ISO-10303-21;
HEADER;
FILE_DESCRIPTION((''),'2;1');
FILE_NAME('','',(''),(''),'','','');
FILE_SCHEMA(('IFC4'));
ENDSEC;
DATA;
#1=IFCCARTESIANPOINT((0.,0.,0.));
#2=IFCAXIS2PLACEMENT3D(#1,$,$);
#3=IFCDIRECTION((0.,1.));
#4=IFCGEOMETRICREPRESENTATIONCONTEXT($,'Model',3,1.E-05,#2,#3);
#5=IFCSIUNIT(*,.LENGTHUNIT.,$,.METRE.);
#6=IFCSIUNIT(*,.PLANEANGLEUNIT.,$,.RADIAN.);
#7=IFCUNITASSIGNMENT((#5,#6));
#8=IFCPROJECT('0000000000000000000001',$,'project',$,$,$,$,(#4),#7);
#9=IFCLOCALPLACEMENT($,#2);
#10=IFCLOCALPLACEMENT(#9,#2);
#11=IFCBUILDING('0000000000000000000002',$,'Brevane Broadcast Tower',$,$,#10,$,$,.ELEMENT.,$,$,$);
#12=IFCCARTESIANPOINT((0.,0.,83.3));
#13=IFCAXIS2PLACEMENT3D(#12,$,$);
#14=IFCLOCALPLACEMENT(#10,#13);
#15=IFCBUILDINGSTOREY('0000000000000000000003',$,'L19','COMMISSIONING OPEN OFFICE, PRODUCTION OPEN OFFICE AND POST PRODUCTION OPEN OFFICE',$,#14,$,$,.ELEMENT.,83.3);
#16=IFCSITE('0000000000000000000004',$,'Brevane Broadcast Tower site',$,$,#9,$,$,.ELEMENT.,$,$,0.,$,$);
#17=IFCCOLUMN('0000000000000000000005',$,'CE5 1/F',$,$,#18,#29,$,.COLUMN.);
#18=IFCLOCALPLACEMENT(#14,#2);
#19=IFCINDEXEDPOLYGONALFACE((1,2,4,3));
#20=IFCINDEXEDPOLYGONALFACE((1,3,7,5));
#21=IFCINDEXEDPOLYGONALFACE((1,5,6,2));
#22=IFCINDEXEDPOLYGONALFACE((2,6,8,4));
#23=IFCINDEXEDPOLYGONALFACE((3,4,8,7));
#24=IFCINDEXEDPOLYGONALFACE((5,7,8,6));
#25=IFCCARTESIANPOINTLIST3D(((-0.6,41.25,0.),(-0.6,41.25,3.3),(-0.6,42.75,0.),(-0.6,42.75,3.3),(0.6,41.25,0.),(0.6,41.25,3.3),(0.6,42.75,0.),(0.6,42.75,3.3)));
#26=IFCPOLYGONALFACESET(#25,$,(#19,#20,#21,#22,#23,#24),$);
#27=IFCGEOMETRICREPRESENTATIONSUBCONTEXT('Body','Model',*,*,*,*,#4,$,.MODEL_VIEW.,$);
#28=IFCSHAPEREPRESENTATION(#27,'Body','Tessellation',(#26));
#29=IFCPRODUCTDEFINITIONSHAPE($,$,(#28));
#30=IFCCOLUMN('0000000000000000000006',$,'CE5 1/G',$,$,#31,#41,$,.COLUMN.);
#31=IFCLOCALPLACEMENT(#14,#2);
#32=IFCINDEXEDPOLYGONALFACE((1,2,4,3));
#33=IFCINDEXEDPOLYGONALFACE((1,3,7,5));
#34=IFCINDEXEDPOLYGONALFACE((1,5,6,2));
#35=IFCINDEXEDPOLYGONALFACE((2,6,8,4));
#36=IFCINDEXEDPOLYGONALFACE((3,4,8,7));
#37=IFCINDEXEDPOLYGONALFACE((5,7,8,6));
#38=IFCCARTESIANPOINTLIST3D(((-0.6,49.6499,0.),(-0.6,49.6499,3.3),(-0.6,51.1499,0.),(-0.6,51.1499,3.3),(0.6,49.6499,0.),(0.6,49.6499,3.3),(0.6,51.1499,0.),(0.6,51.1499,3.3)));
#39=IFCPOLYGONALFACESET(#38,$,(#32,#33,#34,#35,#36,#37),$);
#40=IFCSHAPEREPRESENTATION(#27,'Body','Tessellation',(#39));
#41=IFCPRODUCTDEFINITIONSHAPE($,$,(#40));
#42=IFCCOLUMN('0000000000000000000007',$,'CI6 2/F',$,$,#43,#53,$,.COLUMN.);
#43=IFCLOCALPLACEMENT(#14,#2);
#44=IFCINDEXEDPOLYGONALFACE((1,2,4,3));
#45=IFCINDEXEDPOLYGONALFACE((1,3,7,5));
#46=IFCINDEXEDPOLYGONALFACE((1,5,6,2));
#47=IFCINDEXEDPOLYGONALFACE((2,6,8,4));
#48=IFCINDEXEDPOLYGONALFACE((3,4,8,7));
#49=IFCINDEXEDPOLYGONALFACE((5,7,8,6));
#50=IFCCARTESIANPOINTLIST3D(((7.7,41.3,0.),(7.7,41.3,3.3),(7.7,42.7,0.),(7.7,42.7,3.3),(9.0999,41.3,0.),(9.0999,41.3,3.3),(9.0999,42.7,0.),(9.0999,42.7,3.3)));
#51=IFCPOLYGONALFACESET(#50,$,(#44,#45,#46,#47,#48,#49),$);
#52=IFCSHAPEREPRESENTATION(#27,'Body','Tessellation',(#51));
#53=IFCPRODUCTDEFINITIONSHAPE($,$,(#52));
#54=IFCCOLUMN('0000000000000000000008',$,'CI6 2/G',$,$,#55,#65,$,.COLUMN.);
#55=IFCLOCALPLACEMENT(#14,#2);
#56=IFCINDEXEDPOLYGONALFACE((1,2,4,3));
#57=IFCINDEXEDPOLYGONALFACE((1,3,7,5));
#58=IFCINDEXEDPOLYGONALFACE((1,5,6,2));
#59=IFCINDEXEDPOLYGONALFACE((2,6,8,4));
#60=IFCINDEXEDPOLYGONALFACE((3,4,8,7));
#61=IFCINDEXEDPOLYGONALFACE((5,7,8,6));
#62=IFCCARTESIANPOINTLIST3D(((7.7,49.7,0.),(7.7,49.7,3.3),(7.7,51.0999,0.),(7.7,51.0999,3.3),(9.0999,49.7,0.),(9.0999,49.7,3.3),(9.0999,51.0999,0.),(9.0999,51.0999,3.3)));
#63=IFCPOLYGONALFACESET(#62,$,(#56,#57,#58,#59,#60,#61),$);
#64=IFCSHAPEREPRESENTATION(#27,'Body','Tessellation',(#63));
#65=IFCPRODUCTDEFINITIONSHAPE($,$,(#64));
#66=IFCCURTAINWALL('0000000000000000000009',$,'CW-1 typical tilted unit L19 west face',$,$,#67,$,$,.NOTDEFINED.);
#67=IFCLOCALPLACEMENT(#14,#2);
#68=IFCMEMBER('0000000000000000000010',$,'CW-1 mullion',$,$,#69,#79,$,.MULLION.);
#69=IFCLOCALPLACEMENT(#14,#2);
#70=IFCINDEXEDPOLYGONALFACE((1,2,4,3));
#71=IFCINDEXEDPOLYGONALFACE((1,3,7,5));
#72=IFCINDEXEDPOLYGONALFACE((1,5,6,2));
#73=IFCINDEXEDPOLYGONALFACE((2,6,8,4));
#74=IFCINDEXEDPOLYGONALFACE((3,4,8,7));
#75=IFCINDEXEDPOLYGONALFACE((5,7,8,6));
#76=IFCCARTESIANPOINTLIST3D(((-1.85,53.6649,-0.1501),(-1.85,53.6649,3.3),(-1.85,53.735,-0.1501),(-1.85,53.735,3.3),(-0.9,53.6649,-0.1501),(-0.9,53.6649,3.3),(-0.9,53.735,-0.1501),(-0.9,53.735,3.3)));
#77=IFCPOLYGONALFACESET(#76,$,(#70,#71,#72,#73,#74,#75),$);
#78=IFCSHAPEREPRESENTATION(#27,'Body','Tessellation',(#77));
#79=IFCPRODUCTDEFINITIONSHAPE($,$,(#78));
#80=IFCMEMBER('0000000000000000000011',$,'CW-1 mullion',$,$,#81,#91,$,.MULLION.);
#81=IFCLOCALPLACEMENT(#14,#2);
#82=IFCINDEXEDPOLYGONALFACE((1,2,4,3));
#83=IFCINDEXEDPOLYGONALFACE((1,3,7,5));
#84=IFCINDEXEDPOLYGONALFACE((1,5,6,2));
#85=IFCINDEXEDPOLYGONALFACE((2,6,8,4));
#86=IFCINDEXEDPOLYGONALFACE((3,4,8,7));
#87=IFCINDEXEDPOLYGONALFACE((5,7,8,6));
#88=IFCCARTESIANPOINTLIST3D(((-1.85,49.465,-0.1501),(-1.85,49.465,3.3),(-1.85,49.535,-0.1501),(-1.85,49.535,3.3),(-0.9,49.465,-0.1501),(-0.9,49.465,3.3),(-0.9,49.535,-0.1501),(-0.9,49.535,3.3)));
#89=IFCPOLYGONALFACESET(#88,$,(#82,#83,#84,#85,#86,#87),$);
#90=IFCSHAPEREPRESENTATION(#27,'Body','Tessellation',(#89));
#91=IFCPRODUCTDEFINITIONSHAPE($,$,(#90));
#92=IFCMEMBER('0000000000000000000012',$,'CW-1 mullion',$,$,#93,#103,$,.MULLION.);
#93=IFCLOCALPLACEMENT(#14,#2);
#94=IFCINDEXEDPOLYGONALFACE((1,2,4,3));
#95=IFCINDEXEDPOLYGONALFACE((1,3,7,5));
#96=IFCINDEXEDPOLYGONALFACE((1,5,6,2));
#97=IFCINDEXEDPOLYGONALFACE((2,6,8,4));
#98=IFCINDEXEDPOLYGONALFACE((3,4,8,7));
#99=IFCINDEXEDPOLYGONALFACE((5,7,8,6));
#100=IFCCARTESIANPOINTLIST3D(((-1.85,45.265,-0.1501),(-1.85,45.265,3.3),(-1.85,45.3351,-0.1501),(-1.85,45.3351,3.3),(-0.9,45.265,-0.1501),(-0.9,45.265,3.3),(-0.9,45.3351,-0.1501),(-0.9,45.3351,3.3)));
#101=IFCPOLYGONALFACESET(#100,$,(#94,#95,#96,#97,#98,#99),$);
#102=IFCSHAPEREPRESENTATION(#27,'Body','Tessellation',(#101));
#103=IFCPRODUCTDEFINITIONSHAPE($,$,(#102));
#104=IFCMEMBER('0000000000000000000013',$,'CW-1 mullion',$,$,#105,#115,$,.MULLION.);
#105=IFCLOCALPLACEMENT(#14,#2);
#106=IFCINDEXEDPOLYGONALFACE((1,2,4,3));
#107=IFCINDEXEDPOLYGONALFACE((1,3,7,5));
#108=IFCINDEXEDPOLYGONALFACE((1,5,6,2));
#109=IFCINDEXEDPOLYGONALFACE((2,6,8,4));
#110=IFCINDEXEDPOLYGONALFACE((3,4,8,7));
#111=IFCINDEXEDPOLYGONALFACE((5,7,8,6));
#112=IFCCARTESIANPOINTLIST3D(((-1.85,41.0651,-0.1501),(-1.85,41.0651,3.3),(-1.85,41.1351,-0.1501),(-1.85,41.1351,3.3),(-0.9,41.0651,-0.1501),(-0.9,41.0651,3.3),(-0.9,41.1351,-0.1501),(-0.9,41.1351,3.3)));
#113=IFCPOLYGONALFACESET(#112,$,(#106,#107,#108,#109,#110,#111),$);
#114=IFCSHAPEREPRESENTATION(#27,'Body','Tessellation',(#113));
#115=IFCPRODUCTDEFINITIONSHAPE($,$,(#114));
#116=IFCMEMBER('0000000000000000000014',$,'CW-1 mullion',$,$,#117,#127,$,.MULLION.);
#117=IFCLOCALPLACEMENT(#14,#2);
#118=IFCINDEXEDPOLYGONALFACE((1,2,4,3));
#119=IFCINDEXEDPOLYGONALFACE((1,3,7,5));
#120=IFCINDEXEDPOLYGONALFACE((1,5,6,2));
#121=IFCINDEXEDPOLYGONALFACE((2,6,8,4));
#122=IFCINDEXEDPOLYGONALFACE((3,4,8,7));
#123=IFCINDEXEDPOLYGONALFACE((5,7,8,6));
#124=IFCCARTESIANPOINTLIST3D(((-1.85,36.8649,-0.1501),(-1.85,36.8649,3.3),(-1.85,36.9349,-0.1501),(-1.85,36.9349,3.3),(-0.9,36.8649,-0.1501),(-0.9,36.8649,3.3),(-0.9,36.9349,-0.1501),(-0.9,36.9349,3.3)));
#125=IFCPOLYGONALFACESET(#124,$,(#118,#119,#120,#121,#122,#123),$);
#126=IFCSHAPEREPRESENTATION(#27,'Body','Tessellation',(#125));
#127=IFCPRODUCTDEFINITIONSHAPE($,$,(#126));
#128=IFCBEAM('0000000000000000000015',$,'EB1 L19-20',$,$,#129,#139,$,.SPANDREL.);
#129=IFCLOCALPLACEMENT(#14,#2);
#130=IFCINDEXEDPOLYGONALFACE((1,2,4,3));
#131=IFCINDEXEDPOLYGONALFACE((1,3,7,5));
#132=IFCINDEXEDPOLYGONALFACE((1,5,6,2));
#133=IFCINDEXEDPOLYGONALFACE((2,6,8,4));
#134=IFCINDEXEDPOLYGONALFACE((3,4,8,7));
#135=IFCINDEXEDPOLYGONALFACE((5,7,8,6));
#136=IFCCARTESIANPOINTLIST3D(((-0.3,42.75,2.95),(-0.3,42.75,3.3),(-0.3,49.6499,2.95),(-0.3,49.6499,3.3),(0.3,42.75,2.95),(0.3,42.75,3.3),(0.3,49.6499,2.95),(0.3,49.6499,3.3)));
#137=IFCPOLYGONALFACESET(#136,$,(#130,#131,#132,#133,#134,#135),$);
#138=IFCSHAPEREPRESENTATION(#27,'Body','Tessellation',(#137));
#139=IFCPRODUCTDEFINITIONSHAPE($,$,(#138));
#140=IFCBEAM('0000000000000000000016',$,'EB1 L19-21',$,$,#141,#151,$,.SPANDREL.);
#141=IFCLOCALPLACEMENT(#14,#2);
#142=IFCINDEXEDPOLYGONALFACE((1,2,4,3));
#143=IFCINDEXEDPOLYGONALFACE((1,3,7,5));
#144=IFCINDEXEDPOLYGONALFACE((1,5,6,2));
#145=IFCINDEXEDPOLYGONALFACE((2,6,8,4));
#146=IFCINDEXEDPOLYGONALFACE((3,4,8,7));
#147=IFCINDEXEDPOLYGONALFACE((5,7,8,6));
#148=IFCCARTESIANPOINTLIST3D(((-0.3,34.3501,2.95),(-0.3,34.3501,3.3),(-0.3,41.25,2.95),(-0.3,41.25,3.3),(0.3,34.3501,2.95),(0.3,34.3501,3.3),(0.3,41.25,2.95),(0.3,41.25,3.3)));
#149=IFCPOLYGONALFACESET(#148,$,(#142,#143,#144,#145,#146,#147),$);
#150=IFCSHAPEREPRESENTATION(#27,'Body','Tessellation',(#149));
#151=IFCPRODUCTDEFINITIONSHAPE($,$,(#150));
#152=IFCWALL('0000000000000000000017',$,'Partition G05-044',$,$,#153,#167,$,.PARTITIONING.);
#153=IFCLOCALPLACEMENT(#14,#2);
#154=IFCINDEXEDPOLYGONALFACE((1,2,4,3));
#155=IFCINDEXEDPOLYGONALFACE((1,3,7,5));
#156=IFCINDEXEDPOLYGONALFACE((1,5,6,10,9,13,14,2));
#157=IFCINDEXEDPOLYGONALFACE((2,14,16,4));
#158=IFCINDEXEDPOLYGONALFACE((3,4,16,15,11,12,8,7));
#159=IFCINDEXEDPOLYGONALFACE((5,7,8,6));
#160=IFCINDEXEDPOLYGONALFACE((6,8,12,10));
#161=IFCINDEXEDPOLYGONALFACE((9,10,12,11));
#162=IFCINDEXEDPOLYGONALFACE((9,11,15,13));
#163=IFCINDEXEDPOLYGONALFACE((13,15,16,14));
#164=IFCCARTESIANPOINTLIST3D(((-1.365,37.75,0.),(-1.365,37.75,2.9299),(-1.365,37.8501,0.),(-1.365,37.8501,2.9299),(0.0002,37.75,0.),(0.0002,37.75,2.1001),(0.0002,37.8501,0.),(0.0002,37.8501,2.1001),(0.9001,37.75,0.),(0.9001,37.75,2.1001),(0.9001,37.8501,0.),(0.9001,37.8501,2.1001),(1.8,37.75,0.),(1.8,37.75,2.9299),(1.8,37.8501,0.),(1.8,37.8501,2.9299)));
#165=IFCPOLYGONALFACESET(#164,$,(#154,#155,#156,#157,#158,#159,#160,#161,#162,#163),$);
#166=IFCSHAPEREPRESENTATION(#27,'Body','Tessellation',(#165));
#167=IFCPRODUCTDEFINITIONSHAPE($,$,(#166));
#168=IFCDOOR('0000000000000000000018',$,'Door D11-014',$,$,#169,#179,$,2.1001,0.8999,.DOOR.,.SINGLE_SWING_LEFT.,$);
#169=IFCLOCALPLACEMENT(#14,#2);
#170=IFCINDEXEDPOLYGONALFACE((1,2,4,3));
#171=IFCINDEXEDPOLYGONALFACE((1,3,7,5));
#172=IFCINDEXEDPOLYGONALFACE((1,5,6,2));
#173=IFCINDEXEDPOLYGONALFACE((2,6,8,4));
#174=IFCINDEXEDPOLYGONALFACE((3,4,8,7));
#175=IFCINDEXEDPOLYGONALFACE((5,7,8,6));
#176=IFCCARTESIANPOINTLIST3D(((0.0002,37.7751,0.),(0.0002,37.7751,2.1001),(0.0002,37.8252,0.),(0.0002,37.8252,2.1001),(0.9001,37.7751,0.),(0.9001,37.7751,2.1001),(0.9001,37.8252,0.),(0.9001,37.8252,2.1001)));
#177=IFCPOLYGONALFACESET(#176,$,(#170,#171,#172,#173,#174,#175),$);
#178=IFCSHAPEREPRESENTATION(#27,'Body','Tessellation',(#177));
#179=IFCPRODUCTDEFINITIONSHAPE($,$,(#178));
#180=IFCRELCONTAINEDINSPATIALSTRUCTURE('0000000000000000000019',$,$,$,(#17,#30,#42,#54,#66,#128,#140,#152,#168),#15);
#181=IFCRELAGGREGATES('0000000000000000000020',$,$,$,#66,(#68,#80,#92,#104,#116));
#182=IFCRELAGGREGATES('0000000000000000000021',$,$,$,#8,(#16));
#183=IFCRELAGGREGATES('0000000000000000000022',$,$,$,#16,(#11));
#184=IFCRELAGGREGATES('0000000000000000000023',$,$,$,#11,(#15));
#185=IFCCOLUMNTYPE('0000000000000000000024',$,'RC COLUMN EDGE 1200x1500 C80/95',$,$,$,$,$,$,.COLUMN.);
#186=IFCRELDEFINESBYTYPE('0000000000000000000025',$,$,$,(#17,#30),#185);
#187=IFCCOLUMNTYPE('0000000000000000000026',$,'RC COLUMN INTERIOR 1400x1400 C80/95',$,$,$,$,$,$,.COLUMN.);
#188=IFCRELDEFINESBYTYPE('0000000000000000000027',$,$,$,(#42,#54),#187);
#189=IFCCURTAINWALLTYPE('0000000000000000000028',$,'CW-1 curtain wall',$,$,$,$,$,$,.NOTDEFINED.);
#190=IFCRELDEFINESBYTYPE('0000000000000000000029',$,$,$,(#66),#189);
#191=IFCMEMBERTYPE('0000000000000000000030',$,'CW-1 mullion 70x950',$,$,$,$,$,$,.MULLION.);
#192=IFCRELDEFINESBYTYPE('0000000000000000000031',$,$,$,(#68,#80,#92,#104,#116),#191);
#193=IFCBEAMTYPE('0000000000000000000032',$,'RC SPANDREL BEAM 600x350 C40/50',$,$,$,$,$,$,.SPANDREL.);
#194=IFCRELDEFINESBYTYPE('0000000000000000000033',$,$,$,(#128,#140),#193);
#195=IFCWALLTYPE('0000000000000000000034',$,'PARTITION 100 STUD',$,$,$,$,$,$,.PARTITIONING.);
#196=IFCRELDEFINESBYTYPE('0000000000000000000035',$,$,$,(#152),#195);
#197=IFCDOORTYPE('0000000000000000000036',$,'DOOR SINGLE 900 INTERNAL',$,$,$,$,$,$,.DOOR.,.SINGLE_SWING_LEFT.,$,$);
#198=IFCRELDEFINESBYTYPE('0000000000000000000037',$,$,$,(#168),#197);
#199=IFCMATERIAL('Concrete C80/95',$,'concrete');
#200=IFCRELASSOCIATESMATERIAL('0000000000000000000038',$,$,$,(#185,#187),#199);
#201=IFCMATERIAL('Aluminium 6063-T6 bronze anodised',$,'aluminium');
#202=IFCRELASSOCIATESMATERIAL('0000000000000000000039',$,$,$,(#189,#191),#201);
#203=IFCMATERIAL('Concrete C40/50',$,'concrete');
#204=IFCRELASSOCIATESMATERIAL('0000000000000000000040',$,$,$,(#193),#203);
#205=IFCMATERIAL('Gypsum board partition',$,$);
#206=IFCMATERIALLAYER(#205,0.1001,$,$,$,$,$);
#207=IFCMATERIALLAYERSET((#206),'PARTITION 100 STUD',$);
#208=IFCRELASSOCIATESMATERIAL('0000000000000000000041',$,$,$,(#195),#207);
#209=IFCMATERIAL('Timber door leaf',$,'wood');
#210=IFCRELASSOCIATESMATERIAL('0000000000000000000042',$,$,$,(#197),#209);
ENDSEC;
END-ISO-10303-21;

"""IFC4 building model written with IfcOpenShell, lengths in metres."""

from ifc_helpers import new_model, si_unit, direction, frame, frame_2d, origin, origin_2d, place, context, subcontext, project, spatial, rectangle, extrude, material, layer, layer_set, material_profile, profile_set, type_object, element, fill, aggregate, save


model = new_model("IFC4")

# Units and contexts
model_context = context("Model", 3, precision=1e-05, world=origin(), true_north=direction((0.0, 1.0)))
body_context = subcontext(model_context, "Body", "Model", "MODEL_VIEW")
ifc_project = project(units=[si_unit("LENGTHUNIT", "METRE"), si_unit("PLANEANGLEUNIT", "RADIAN")], contexts=[model_context])

# Site, building, storey
site_placement = place(None, origin())
site = spatial("IfcSite", under=ifc_project, at=site_placement, Name="Brevane Broadcast Tower site", CompositionType="ELEMENT", RefElevation=0.0)
building_placement = place(site_placement, origin())
building = spatial("IfcBuilding", under=site, at=building_placement, Name="Brevane Broadcast Tower", CompositionType="ELEMENT")
storey_placement = place(building_placement, frame((0.0, 0.0, 83.3)))
storey = spatial("IfcBuildingStorey", under=building, at=storey_placement, Name="L19", Description="COMMISSIONING OPEN OFFICE, PRODUCTION OPEN OFFICE AND POST PRODUCTION OPEN OFFICE", CompositionType="ELEMENT", Elevation=83.3)

# Columns
ifc_material_1 = material(Name="Concrete C80/95", Category="concrete")
ifc_material_profile_1 = material_profile(ifc_material_1, rectangle(XDim=1.2, YDim=1.5, at=origin_2d()), Name="RC 1200x1500")
ifc_profile_set_1 = profile_set([ifc_material_profile_1], Name="Concrete C80/95")
column_type_1 = type_object("IfcColumnType", Name="RC COLUMN EDGE 1200x1500 C80/95", PredefinedType="COLUMN", material=ifc_profile_set_1)
for number, where, z_axis, x_axis, name in (
    (1, (0.0, 42.0, 0.0), (0.0, 0.0, 1.0), (1.0, 0.0, 0.0), "CE5 1/F"),
    (2, (0.0, 50.3999, 0.0), (0.0, 0.0, 1.0), (1.0, 0.0, 0.0), "CE5 1/G"),
):
    element("IfcColumn", number, at=place(storey_placement, frame(where, z_axis=z_axis, x_axis=x_axis)), inside=storey, type_object=column_type_1, Name=name, PredefinedType="COLUMN", context=body_context, shape_type="SweptSolid", body=[
        extrude(rectangle(XDim=1.2, YDim=1.5, at=origin_2d()), origin(), (0.0, 0.0, 1.0), 3.3),
    ])
ifc_material_profile_2 = material_profile(ifc_material_1, rectangle(XDim=1.3999, YDim=1.3999, at=origin_2d()), Name="RC 1400x1400")
ifc_profile_set_2 = profile_set([ifc_material_profile_2], Name="Concrete C80/95")
column_type_2 = type_object("IfcColumnType", Name="RC COLUMN INTERIOR 1400x1400 C80/95", PredefinedType="COLUMN", material=ifc_profile_set_2)
for number, where, z_axis, x_axis, name in (
    (3, (8.3999, 42.0, 0.0), (0.0, 0.0, 1.0), (1.0, 0.0, 0.0), "CI6 2/F"),
    (4, (8.3999, 50.3999, 0.0), (0.0, 0.0, 1.0), (1.0, 0.0, 0.0), "CI6 2/G"),
):
    element("IfcColumn", number, at=place(storey_placement, frame(where, z_axis=z_axis, x_axis=x_axis)), inside=storey, type_object=column_type_2, Name=name, PredefinedType="COLUMN", context=body_context, shape_type="SweptSolid", body=[
        extrude(rectangle(XDim=1.3999, YDim=1.3999, at=origin_2d()), origin(), (0.0, 0.0, 1.0), 3.3),
    ])

# Curtain wall, members
ifc_material_2 = material(Name="Aluminium 6063-T6 bronze anodised", Category="aluminium")
curtain_wall_type = type_object("IfcCurtainWallType", Name="CW-1 curtain wall", PredefinedType="NOTDEFINED", material=ifc_material_2)
curtain_wall_placement = place(storey_placement, origin())
curtain_wall = element("IfcCurtainWall", 5, at=curtain_wall_placement, inside=storey, type_object=curtain_wall_type, Name="CW-1 typical tilted unit L19 west face", PredefinedType="NOTDEFINED")
ifc_material_profile_3 = material_profile(ifc_material_2, rectangle(XDim=0.95, YDim=0.0701, at=origin_2d()), Name="RECT 70x950")
ifc_profile_set_3 = profile_set([ifc_material_profile_3], Name="Aluminium 6063-T6 bronze anodised")
member_type = type_object("IfcMemberType", Name="CW-1 mullion 70x950", PredefinedType="MULLION", material=ifc_profile_set_3)
member_1_placement = place(storey_placement, frame((-1.375, 53.7, -0.1501), z_axis=(0.0, 0.0, 1.0), x_axis=(1.0, 0.0, 0.0)))
member_1 = element("IfcMember", 6, at=member_1_placement, type_object=member_type, Name="CW-1 mullion", PredefinedType="MULLION", context=body_context, shape_type="SweptSolid", body=[
    extrude(rectangle(XDim=0.95, YDim=0.0701, at=origin_2d()), origin(), (0.0, 0.0, 1.0), 3.4502),
])
member_2_placement = place(storey_placement, frame((-1.375, 49.5, -0.1501), z_axis=(0.0, 0.0, 1.0), x_axis=(1.0, 0.0, 0.0)))
member_2 = element("IfcMember", 7, at=member_2_placement, type_object=member_type, Name="CW-1 mullion", PredefinedType="MULLION", context=body_context, shape_type="SweptSolid", body=[
    extrude(rectangle(XDim=0.95, YDim=0.0701, at=origin_2d()), origin(), (0.0, 0.0, 1.0), 3.4502),
])
member_3_placement = place(storey_placement, frame((-1.375, 45.3, -0.1501), z_axis=(0.0, 0.0, 1.0), x_axis=(1.0, 0.0, 0.0)))
member_3 = element("IfcMember", 8, at=member_3_placement, type_object=member_type, Name="CW-1 mullion", PredefinedType="MULLION", context=body_context, shape_type="SweptSolid", body=[
    extrude(rectangle(XDim=0.95, YDim=0.0701, at=origin_2d()), origin(), (0.0, 0.0, 1.0), 3.4502),
])
member_4_placement = place(storey_placement, frame((-1.375, 41.1001, -0.1501), z_axis=(0.0, 0.0, 1.0), x_axis=(1.0, 0.0, 0.0)))
member_4 = element("IfcMember", 9, at=member_4_placement, type_object=member_type, Name="CW-1 mullion", PredefinedType="MULLION", context=body_context, shape_type="SweptSolid", body=[
    extrude(rectangle(XDim=0.95, YDim=0.0701, at=origin_2d()), origin(), (0.0, 0.0, 1.0), 3.4502),
])
member_5_placement = place(storey_placement, frame((-1.375, 36.8999, -0.1501), z_axis=(0.0, 0.0, 1.0), x_axis=(1.0, 0.0, 0.0)))
member_5 = element("IfcMember", 10, at=member_5_placement, type_object=member_type, Name="CW-1 mullion", PredefinedType="MULLION", context=body_context, shape_type="SweptSolid", body=[
    extrude(rectangle(XDim=0.95, YDim=0.0701, at=origin_2d()), origin(), (0.0, 0.0, 1.0), 3.4502),
])
aggregate(curtain_wall, [member_1, member_2, member_3, member_4, member_5])

# Beams
ifc_material_3 = material(Name="Concrete C40/50", Category="concrete")
ifc_material_profile_4 = material_profile(ifc_material_3, rectangle(XDim=0.6001, YDim=0.3501, at=origin_2d()), Name="RC 600x350")
ifc_profile_set_4 = profile_set([ifc_material_profile_4], Name="Concrete C40/50")
beam_type = type_object("IfcBeamType", Name="RC SPANDREL BEAM 600x350 C40/50", PredefinedType="SPANDREL", material=ifc_profile_set_4)
for number, where, z_axis, x_axis, name in (
    (11, (0.0, 49.6499, 3.125), (0.0, -1.0, 0.0), (1.0, 0.0, 0.0), "EB1 L19-20"),
    (12, (0.0, 41.25, 3.125), (0.0, -1.0, 0.0), (1.0, 0.0, 0.0), "EB1 L19-21"),
):
    element("IfcBeam", number, at=place(storey_placement, frame(where, z_axis=z_axis, x_axis=x_axis)), inside=storey, type_object=beam_type, Name=name, PredefinedType="SPANDREL", context=body_context, shape_type="SweptSolid", body=[
        extrude(rectangle(XDim=0.6001, YDim=0.3501, at=origin_2d()), origin(), (0.0, 0.0, 1.0), 6.8999),
    ])

# Wall, opening, door
ifc_material_4 = material(Name="Gypsum board partition")
ifc_layer_1 = layer(ifc_material_4, 0.1001)
ifc_layer_set_1 = layer_set([ifc_layer_1], Name="PARTITION 100 STUD")
wall_type_1 = type_object("IfcWallType", Name="PARTITION 100 STUD", PredefinedType="PARTITIONING", material=ifc_layer_set_1)
wall_1_placement = place(storey_placement, frame((1.8, 37.8, 0.0), z_axis=(0.0, 0.0, 1.0), x_axis=(-1.0, 0.0, 0.0)))
wall_1 = element("IfcWall", 13, at=wall_1_placement, inside=storey, type_object=wall_type_1, Name="Partition G05-044", PredefinedType="PARTITIONING", context=body_context, shape_type="SweptSolid", body=[
    extrude(rectangle(XDim=3.165, YDim=0.1001, at=frame_2d((1.5825, 0.0))), origin(), (0.0, 0.0, 1.0), 2.9299),
])
opening_1_placement = place(wall_1_placement, frame((0.8999, 0.0, 0.0)))
opening_1 = element("IfcOpeningElement", 14, at=opening_1_placement, cuts=wall_1, PredefinedType="OPENING", context=body_context, shape_type="SweptSolid", body=[
    extrude(rectangle(XDim=0.8999, YDim=2.1001, at=frame_2d((0.45, 1.05))), frame((0.0, 0.0601, 0.0), z_axis=(0.0, -1.0, 0.0), x_axis=(1.0, 0.0, 0.0)), (0.0, 0.0, 1.0), 0.1201),
])
ifc_material_5 = material(Name="Timber door leaf", Category="wood")
door_type_1 = type_object("IfcDoorType", Name="DOOR SINGLE 900 INTERNAL", OperationType="SINGLE_SWING_LEFT", PredefinedType="DOOR", material=ifc_material_5)
door_1_placement = place(opening_1_placement, origin())
door_1 = element("IfcDoor", 15, at=door_1_placement, inside=storey, type_object=door_type_1, Name="Door D11-014", OperationType="SINGLE_SWING_LEFT", OverallHeight=2.1001, OverallWidth=0.8999, PredefinedType="DOOR", context=body_context, shape_type="SweptSolid", body=[
    extrude(rectangle(XDim=0.8999, YDim=2.1001, at=frame_2d((0.45, 1.05))), frame((0.0, 0.0249, 0.0), z_axis=(0.0, -1.0, 0.0), x_axis=(1.0, 0.0, 0.0)), (0.0, 0.0, 1.0), 0.05),
])
fill(opening_1, door_1)

save(model, "model.ifc")
